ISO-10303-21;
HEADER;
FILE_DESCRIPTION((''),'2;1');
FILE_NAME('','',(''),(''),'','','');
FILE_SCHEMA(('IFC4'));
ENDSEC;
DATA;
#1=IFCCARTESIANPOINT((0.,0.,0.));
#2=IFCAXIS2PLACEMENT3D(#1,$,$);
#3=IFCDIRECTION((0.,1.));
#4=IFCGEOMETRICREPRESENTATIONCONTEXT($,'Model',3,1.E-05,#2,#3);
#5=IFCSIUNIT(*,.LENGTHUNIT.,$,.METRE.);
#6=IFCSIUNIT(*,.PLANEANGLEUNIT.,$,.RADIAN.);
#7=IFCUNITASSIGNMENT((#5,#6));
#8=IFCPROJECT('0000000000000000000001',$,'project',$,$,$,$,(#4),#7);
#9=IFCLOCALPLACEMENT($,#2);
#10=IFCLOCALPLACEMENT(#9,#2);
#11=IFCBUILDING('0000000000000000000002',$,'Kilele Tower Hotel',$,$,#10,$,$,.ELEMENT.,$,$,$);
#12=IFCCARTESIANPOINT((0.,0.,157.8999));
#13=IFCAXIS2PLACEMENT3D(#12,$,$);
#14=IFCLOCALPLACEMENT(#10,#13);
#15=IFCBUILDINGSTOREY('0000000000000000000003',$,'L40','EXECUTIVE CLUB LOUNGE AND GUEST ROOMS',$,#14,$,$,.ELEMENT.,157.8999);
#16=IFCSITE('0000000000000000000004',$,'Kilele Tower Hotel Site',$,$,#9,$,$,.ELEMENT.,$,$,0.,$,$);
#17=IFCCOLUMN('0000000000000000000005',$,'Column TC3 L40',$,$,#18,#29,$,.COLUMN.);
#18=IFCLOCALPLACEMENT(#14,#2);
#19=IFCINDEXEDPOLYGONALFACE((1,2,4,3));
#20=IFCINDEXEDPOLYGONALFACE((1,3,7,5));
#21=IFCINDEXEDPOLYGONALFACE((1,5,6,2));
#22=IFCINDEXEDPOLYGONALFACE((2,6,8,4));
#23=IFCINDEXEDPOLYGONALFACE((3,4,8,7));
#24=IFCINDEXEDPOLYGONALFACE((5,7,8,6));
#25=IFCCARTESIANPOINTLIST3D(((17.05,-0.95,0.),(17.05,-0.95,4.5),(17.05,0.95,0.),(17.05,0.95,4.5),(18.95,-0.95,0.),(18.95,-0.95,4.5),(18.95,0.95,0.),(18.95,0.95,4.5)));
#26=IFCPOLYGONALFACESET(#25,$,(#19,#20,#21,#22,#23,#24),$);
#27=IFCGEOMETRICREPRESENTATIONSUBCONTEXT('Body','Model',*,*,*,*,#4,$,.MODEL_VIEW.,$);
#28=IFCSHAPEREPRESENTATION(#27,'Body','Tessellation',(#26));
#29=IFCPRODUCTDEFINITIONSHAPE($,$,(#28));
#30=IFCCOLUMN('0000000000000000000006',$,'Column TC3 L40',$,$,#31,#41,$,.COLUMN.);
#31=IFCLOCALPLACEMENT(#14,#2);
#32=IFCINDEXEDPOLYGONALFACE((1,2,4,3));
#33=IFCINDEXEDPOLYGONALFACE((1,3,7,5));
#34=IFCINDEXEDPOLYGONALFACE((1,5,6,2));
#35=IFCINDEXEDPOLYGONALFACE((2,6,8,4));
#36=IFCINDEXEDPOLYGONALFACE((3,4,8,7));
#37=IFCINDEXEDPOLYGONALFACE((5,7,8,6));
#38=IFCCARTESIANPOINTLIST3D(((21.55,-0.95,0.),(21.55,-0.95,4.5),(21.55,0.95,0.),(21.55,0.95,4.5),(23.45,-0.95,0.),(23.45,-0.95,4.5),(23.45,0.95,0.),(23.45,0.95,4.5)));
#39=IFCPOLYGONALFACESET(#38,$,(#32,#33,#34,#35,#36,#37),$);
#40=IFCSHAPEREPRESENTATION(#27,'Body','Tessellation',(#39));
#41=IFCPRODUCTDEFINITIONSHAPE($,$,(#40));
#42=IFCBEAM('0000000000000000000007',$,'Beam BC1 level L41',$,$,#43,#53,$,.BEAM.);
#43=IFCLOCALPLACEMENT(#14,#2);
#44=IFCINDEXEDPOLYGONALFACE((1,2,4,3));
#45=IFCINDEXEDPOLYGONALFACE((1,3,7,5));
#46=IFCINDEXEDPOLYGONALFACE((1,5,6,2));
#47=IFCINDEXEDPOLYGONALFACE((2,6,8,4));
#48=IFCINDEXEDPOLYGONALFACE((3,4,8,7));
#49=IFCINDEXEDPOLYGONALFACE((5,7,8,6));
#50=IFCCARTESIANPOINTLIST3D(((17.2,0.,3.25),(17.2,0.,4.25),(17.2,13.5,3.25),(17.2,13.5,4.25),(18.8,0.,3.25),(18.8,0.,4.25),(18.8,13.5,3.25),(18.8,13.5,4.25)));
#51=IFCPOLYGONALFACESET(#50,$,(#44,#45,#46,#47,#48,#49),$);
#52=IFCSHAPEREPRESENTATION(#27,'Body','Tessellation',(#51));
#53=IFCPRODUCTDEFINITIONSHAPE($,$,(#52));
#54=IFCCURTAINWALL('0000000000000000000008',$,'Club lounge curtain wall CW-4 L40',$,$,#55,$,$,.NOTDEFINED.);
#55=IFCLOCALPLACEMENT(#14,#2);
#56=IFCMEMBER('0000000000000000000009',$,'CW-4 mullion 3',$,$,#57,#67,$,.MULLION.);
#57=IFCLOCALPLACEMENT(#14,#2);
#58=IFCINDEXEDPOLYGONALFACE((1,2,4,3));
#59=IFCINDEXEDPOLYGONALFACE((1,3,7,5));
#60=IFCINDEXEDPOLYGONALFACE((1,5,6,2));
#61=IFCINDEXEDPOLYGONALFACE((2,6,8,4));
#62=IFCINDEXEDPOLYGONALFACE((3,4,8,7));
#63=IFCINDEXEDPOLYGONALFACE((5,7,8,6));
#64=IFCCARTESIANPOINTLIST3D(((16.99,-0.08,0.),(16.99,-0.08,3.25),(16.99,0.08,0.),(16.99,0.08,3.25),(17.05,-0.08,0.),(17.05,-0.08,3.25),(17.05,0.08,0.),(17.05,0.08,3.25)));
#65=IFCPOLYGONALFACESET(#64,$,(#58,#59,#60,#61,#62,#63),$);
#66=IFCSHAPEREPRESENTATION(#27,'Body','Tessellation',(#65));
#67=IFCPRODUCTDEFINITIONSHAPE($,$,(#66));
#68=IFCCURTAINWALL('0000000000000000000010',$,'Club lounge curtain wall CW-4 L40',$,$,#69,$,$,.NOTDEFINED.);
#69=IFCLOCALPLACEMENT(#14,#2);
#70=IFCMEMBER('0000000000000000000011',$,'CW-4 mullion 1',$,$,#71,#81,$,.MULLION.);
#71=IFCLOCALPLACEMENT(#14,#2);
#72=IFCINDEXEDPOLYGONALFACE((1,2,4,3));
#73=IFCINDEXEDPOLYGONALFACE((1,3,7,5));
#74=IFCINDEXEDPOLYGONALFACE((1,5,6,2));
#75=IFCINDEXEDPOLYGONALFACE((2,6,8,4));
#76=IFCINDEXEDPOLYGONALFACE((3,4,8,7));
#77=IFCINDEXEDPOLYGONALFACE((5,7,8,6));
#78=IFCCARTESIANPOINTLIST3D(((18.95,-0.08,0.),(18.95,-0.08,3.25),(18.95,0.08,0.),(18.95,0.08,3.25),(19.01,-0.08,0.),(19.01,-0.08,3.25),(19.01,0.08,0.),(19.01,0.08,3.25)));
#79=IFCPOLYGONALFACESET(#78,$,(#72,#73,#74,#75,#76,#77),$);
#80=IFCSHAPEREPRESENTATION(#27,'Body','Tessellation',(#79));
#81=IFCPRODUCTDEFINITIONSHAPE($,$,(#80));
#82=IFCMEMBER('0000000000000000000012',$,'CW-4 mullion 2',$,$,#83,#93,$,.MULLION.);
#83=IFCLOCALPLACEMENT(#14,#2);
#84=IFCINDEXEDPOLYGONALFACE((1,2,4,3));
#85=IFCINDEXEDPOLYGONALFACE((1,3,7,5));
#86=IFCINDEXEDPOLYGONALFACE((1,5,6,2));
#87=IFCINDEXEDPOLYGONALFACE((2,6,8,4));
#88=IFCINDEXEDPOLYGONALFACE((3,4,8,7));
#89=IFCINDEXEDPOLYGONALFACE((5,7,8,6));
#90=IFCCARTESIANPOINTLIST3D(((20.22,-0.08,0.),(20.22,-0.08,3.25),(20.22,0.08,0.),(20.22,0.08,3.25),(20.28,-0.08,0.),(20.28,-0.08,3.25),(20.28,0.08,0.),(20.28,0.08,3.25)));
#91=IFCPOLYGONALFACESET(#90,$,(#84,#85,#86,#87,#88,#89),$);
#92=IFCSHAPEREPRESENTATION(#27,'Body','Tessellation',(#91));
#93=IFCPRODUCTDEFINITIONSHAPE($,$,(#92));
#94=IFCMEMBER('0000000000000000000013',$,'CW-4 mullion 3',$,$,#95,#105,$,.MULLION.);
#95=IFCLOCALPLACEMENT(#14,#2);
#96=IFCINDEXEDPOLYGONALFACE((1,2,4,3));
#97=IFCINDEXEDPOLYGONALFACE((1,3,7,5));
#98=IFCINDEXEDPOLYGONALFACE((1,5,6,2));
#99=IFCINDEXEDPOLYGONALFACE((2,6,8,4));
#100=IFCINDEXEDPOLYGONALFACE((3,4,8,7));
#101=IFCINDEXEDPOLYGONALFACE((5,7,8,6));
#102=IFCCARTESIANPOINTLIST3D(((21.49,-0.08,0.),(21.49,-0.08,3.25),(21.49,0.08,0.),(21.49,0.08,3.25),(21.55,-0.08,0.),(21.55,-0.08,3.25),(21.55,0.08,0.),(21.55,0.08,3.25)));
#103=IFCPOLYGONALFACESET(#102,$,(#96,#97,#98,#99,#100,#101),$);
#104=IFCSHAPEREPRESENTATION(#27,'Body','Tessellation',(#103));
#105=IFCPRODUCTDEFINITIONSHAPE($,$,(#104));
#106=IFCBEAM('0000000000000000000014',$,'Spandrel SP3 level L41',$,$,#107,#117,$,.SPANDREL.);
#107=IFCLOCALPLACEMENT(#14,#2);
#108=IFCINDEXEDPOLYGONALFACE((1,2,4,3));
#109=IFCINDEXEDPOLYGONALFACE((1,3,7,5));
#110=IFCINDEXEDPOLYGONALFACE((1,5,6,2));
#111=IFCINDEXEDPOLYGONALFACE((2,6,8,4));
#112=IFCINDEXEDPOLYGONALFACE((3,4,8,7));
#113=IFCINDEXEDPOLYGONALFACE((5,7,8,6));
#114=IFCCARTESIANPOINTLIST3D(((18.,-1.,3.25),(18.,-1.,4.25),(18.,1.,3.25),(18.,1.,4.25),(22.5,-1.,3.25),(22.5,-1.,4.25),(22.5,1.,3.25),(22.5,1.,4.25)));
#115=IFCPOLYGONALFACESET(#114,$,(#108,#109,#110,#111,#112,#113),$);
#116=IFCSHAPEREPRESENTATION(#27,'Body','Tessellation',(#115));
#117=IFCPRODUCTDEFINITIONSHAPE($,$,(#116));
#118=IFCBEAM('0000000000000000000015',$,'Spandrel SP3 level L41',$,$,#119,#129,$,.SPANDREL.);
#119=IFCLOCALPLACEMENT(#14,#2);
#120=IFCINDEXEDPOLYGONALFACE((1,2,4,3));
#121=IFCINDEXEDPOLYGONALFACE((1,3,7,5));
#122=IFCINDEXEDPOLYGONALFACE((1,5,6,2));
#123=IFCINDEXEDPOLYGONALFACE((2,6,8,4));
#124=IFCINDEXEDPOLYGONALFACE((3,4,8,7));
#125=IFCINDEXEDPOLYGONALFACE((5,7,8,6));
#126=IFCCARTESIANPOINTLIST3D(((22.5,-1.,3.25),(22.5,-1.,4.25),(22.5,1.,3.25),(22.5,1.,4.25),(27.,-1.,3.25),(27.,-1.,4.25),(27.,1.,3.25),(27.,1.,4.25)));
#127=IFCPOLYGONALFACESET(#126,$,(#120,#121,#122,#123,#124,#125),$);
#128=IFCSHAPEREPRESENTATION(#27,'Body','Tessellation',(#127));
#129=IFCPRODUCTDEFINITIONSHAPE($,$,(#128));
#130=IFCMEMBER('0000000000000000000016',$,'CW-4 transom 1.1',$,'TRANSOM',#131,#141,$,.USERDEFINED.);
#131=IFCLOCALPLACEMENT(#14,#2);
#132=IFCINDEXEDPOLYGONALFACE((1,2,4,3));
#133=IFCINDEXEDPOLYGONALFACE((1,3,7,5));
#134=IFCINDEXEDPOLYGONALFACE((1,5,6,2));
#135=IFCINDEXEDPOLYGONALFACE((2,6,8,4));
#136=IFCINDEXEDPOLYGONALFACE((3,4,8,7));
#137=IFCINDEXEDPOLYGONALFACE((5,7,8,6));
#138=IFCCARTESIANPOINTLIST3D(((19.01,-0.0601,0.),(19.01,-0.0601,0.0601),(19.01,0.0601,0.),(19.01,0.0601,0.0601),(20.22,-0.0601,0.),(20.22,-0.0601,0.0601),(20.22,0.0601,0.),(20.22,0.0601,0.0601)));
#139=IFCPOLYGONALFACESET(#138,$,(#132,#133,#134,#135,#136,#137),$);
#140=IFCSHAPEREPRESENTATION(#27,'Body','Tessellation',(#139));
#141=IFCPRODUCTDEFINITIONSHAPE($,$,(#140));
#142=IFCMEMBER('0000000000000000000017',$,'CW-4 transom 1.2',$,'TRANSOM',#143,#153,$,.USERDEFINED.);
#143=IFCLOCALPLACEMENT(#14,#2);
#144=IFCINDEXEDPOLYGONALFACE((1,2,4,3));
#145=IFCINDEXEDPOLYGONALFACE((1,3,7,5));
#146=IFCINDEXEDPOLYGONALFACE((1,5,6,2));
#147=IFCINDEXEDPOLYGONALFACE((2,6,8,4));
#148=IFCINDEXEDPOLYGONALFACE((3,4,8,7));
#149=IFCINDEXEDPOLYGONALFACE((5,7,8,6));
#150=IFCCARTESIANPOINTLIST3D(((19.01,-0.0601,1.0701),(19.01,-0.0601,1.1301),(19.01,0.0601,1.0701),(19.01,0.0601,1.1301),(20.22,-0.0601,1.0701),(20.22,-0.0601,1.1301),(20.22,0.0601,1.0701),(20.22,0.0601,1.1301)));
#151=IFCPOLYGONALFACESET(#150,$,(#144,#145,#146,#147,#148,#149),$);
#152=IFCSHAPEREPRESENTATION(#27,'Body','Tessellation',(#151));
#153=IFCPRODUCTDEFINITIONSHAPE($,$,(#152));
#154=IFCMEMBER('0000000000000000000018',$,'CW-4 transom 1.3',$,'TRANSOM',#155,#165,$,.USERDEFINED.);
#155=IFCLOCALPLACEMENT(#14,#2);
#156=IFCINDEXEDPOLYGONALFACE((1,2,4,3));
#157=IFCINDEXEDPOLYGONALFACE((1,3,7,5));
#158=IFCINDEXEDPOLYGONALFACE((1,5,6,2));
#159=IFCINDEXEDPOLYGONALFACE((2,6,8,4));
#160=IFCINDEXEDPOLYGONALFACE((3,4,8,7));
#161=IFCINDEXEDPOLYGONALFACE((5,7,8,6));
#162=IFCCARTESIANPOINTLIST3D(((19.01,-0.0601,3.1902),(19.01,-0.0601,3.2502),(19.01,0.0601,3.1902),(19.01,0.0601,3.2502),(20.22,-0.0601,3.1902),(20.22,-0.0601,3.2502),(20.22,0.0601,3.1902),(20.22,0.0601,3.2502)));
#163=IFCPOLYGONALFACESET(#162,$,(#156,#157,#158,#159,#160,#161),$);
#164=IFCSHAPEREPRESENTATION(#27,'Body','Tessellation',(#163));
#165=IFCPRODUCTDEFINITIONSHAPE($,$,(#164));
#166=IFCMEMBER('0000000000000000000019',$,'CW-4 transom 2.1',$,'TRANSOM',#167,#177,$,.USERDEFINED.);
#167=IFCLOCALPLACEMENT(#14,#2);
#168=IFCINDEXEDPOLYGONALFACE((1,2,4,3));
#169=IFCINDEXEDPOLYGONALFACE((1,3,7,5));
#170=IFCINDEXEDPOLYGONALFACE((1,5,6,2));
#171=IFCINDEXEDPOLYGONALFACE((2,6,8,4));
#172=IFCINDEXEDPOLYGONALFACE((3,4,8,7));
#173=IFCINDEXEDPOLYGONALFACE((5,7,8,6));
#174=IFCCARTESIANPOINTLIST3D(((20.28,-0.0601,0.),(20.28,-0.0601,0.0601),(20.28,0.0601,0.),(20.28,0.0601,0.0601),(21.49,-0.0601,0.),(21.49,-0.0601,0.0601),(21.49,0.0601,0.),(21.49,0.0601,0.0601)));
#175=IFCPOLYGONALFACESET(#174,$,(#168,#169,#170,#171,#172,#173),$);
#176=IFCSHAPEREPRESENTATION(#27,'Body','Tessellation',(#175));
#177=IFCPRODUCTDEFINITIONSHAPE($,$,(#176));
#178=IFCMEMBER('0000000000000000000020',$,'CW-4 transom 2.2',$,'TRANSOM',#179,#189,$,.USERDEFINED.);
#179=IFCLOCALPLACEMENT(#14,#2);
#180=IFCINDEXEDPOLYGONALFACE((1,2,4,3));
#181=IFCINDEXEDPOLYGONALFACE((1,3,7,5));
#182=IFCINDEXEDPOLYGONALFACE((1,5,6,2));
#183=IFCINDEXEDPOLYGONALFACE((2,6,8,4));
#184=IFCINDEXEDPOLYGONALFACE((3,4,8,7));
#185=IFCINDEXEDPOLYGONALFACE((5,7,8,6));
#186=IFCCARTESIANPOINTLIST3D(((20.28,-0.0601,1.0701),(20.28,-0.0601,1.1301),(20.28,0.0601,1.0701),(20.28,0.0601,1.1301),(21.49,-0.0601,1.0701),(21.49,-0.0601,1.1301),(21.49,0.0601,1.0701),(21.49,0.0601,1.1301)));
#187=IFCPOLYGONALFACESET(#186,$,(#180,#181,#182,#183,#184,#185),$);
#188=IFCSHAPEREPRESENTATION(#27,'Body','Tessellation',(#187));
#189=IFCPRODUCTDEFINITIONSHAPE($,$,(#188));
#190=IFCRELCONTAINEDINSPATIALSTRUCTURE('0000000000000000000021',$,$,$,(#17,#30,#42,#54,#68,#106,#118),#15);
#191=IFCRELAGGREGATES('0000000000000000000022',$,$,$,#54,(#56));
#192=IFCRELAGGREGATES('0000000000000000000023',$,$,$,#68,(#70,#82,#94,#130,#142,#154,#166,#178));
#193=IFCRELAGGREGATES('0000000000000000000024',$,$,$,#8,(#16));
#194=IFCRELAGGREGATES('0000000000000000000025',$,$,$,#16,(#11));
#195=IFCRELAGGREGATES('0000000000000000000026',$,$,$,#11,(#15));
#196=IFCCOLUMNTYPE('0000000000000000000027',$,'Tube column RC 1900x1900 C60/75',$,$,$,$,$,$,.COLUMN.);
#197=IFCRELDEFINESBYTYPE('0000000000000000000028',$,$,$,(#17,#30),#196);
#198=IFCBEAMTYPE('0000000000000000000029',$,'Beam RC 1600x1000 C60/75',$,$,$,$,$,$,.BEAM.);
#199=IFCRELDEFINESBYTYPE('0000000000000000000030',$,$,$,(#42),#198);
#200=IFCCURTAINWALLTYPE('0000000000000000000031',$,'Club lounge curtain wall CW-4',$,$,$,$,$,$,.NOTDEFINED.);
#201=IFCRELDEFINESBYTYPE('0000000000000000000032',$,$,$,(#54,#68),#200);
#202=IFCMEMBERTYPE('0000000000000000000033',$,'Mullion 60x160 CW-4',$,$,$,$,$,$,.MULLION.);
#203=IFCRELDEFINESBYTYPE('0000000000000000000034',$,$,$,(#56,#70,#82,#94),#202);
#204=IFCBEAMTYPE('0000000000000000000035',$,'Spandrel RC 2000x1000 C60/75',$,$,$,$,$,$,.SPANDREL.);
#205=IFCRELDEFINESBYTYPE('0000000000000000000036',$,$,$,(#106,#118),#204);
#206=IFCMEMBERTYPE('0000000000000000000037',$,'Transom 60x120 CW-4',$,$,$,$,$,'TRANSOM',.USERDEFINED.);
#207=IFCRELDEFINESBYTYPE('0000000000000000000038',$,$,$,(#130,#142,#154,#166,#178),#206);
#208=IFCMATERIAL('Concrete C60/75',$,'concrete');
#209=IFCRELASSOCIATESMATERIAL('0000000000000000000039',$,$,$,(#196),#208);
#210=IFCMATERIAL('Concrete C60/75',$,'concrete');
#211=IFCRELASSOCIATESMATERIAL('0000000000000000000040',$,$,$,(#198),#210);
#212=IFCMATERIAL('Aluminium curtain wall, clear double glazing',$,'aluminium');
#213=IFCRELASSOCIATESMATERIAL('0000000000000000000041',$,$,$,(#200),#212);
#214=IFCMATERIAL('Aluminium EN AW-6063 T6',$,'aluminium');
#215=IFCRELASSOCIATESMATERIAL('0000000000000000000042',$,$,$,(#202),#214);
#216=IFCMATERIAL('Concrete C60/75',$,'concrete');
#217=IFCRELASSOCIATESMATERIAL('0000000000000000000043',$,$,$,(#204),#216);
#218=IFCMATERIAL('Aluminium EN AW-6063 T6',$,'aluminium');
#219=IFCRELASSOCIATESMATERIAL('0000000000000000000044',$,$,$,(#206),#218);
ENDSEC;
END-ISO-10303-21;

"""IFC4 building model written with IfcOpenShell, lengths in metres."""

from ifc_helpers import new_model, si_unit, direction, frame, origin, origin_2d, place, context, subcontext, project, spatial, rectangle, extrude, material, material_profile, profile_set, type_object, element, aggregate, save


model = new_model("IFC4")

# Units and contexts
model_context = context("Model", 3, precision=1e-05, world=origin(), true_north=direction((0.0, 1.0)))
body_context = subcontext(model_context, "Body", "Model", "MODEL_VIEW")
ifc_project = project(units=[si_unit("LENGTHUNIT", "METRE"), si_unit("PLANEANGLEUNIT", "RADIAN")], contexts=[model_context])

# Site, building, storey
site_placement = place(None, origin())
site = spatial("IfcSite", under=ifc_project, at=site_placement, Name="Kilele Tower Hotel Site", CompositionType="ELEMENT", RefElevation=0.0)
building_placement = place(site_placement, origin())
building = spatial("IfcBuilding", under=site, at=building_placement, Name="Kilele Tower Hotel", CompositionType="ELEMENT")
storey_placement = place(building_placement, frame((0.0, 0.0, 157.8999)))
storey = spatial("IfcBuildingStorey", under=building, at=storey_placement, Name="L40", Description="EXECUTIVE CLUB LOUNGE AND GUEST ROOMS", CompositionType="ELEMENT", Elevation=157.8999)

# Columns
ifc_material_1 = material(Name="Concrete C60/75", Category="concrete")
ifc_material_profile_1 = material_profile(ifc_material_1, rectangle(XDim=1.8999, YDim=1.8999, at=origin_2d()))
ifc_profile_set_1 = profile_set([ifc_material_profile_1], Name="Concrete C60/75")
column_type = type_object("IfcColumnType", Name="Tube column RC 1900x1900 C60/75", PredefinedType="COLUMN", material=ifc_profile_set_1)
for number, where, z_axis, x_axis, name in (
    (1, (18.0, 0.0, 0.0), (0.0, 0.0, 1.0), (1.0, 0.0, 0.0), "Column TC3 L40"),
    (2, (22.5, 0.0, 0.0), (0.0, 0.0, 1.0), (1.0, 0.0, 0.0), "Column TC3 L40"),
):
    element("IfcColumn", number, at=place(storey_placement, frame(where, z_axis=z_axis, x_axis=x_axis)), inside=storey, type_object=column_type, Name=name, PredefinedType="COLUMN", context=body_context, shape_type="SweptSolid", body=[
        extrude(rectangle(XDim=1.8999, YDim=1.8999, at=origin_2d()), origin(), (0.0, 0.0, 1.0), 4.5),
    ])

# Beam
ifc_material_2 = material(Name="Concrete C60/75", Category="concrete")
ifc_material_profile_2 = material_profile(ifc_material_2, rectangle(XDim=1.6001, YDim=1.0, at=origin_2d()))
ifc_profile_set_2 = profile_set([ifc_material_profile_2], Name="Concrete C60/75")
beam_type_1 = type_object("IfcBeamType", Name="Beam RC 1600x1000 C60/75", PredefinedType="BEAM", material=ifc_profile_set_2)
beam_placement = place(storey_placement, frame((18.0, 0.0, 3.75), z_axis=(0.0, 1.0, 0.0), x_axis=(-1.0, 0.0, 0.0)))
element("IfcBeam", 3, at=beam_placement, inside=storey, type_object=beam_type_1, Name="Beam BC1 level L41", PredefinedType="BEAM", context=body_context, shape_type="SweptSolid", body=[
    extrude(rectangle(XDim=1.6001, YDim=1.0, at=origin_2d()), origin(), (0.0, 0.0, 1.0), 13.5),
])

# Curtain wall, member
ifc_material_3 = material(Name="Aluminium curtain wall, clear double glazing", Category="aluminium")
curtain_wall_type = type_object("IfcCurtainWallType", Name="Club lounge curtain wall CW-4", PredefinedType="NOTDEFINED", material=ifc_material_3)
curtain_wall_1_placement = place(storey_placement, origin())
curtain_wall_1 = element("IfcCurtainWall", 4, at=curtain_wall_1_placement, inside=storey, type_object=curtain_wall_type, Name="Club lounge curtain wall CW-4 L40", PredefinedType="NOTDEFINED")
ifc_material_4 = material(Name="Aluminium EN AW-6063 T6", Category="aluminium")
ifc_material_profile_3 = material_profile(ifc_material_4, rectangle(XDim=0.1599, YDim=0.0601, at=origin_2d()))
ifc_profile_set_3 = profile_set([ifc_material_profile_3], Name="Aluminium EN AW-6063 T6")
member_type_1 = type_object("IfcMemberType", Name="Mullion 60x160 CW-4", PredefinedType="MULLION", material=ifc_profile_set_3)
member_1_placement = place(storey_placement, frame((17.02, 0.0, 0.0), z_axis=(0.0, 0.0, 1.0), x_axis=(0.0, 1.0, 0.0)))
member_1 = element("IfcMember", 5, at=member_1_placement, type_object=member_type_1, Name="CW-4 mullion 3", PredefinedType="MULLION", context=body_context, shape_type="SweptSolid", body=[
    extrude(rectangle(XDim=0.1599, YDim=0.0601, at=origin_2d()), origin(), (0.0, 0.0, 1.0), 3.25),
])

# Curtain wall, members
curtain_wall_2_placement = place(storey_placement, origin())
curtain_wall_2 = element("IfcCurtainWall", 6, at=curtain_wall_2_placement, inside=storey, type_object=curtain_wall_type, Name="Club lounge curtain wall CW-4 L40", PredefinedType="NOTDEFINED")
member_2_placement = place(storey_placement, frame((18.98, 0.0, 0.0), z_axis=(0.0, 0.0, 1.0), x_axis=(0.0, 1.0, 0.0)))
member_2 = element("IfcMember", 7, at=member_2_placement, type_object=member_type_1, Name="CW-4 mullion 1", PredefinedType="MULLION", context=body_context, shape_type="SweptSolid", body=[
    extrude(rectangle(XDim=0.1599, YDim=0.0601, at=origin_2d()), origin(), (0.0, 0.0, 1.0), 3.25),
])
member_3_placement = place(storey_placement, frame((20.25, 0.0, 0.0), z_axis=(0.0, 0.0, 1.0), x_axis=(0.0, 1.0, 0.0)))
member_3 = element("IfcMember", 8, at=member_3_placement, type_object=member_type_1, Name="CW-4 mullion 2", PredefinedType="MULLION", context=body_context, shape_type="SweptSolid", body=[
    extrude(rectangle(XDim=0.1599, YDim=0.0601, at=origin_2d()), origin(), (0.0, 0.0, 1.0), 3.25),
])
member_4_placement = place(storey_placement, frame((21.52, 0.0, 0.0), z_axis=(0.0, 0.0, 1.0), x_axis=(0.0, 1.0, 0.0)))
member_4 = element("IfcMember", 9, at=member_4_placement, type_object=member_type_1, Name="CW-4 mullion 3", PredefinedType="MULLION", context=body_context, shape_type="SweptSolid", body=[
    extrude(rectangle(XDim=0.1599, YDim=0.0601, at=origin_2d()), origin(), (0.0, 0.0, 1.0), 3.25),
])

# Beams
ifc_material_5 = material(Name="Concrete C60/75", Category="concrete")
ifc_material_profile_4 = material_profile(ifc_material_5, rectangle(XDim=2.0, YDim=1.0, at=origin_2d()))
ifc_profile_set_4 = profile_set([ifc_material_profile_4], Name="Concrete C60/75")
beam_type_2 = type_object("IfcBeamType", Name="Spandrel RC 2000x1000 C60/75", PredefinedType="SPANDREL", material=ifc_profile_set_4)
for number, where, z_axis, x_axis, name in (
    (10, (18.0, 0.0, 3.75), (1.0, 0.0, 0.0), (0.0, 1.0, 0.0), "Spandrel SP3 level L41"),
    (11, (22.5, 0.0, 3.75), (1.0, 0.0, 0.0), (0.0, 1.0, 0.0), "Spandrel SP3 level L41"),
):
    element("IfcBeam", number, at=place(storey_placement, frame(where, z_axis=z_axis, x_axis=x_axis)), inside=storey, type_object=beam_type_2, Name=name, PredefinedType="SPANDREL", context=body_context, shape_type="SweptSolid", body=[
        extrude(rectangle(XDim=2.0, YDim=1.0, at=origin_2d()), origin(), (0.0, 0.0, 1.0), 4.5),
    ])

# Members
ifc_material_6 = material(Name="Aluminium EN AW-6063 T6", Category="aluminium")
ifc_material_profile_5 = material_profile(ifc_material_6, rectangle(XDim=0.1201, YDim=0.0601, at=origin_2d()))
ifc_profile_set_5 = profile_set([ifc_material_profile_5], Name="Aluminium EN AW-6063 T6")
member_type_2 = type_object("IfcMemberType", Name="Transom 60x120 CW-4", ElementType="TRANSOM", PredefinedType="USERDEFINED", material=ifc_profile_set_5)
member_5_placement = place(storey_placement, frame((19.01, 0.0, 0.03), z_axis=(1.0, 0.0, 0.0), x_axis=(0.0, 1.0, 0.0)))
member_5 = element("IfcMember", 12, at=member_5_placement, type_object=member_type_2, Name="CW-4 transom 1.1", ObjectType="TRANSOM", PredefinedType="USERDEFINED", context=body_context, shape_type="SweptSolid", body=[
    extrude(rectangle(XDim=0.1201, YDim=0.0601, at=origin_2d()), origin(), (0.0, 0.0, 1.0), 1.21),
])
member_6_placement = place(storey_placement, frame((19.01, 0.0, 1.1001), z_axis=(1.0, 0.0, 0.0), x_axis=(0.0, 1.0, 0.0)))
member_6 = element("IfcMember", 13, at=member_6_placement, type_object=member_type_2, Name="CW-4 transom 1.2", ObjectType="TRANSOM", PredefinedType="USERDEFINED", context=body_context, shape_type="SweptSolid", body=[
    extrude(rectangle(XDim=0.1201, YDim=0.0601, at=origin_2d()), origin(), (0.0, 0.0, 1.0), 1.21),
])
member_7_placement = place(storey_placement, frame((19.01, 0.0, 3.2202), z_axis=(1.0, 0.0, 0.0), x_axis=(0.0, 1.0, 0.0)))
member_7 = element("IfcMember", 14, at=member_7_placement, type_object=member_type_2, Name="CW-4 transom 1.3", ObjectType="TRANSOM", PredefinedType="USERDEFINED", context=body_context, shape_type="SweptSolid", body=[
    extrude(rectangle(XDim=0.1201, YDim=0.0601, at=origin_2d()), origin(), (0.0, 0.0, 1.0), 1.21),
])
member_8_placement = place(storey_placement, frame((20.28, 0.0, 0.03), z_axis=(1.0, 0.0, 0.0), x_axis=(0.0, 1.0, 0.0)))
member_8 = element("IfcMember", 15, at=member_8_placement, type_object=member_type_2, Name="CW-4 transom 2.1", ObjectType="TRANSOM", PredefinedType="USERDEFINED", context=body_context, shape_type="SweptSolid", body=[
    extrude(rectangle(XDim=0.1201, YDim=0.0601, at=origin_2d()), origin(), (0.0, 0.0, 1.0), 1.21),
])
member_9_placement = place(storey_placement, frame((20.28, 0.0, 1.1001), z_axis=(1.0, 0.0, 0.0), x_axis=(0.0, 1.0, 0.0)))
member_9 = element("IfcMember", 16, at=member_9_placement, type_object=member_type_2, Name="CW-4 transom 2.2", ObjectType="TRANSOM", PredefinedType="USERDEFINED", context=body_context, shape_type="SweptSolid", body=[
    extrude(rectangle(XDim=0.1201, YDim=0.0601, at=origin_2d()), origin(), (0.0, 0.0, 1.0), 1.21),
])

aggregate(curtain_wall_1, [member_1])
aggregate(curtain_wall_2, [member_2, member_3, member_4, member_5, member_6, member_7, member_8, member_9])

save(model, "model.ifc")
